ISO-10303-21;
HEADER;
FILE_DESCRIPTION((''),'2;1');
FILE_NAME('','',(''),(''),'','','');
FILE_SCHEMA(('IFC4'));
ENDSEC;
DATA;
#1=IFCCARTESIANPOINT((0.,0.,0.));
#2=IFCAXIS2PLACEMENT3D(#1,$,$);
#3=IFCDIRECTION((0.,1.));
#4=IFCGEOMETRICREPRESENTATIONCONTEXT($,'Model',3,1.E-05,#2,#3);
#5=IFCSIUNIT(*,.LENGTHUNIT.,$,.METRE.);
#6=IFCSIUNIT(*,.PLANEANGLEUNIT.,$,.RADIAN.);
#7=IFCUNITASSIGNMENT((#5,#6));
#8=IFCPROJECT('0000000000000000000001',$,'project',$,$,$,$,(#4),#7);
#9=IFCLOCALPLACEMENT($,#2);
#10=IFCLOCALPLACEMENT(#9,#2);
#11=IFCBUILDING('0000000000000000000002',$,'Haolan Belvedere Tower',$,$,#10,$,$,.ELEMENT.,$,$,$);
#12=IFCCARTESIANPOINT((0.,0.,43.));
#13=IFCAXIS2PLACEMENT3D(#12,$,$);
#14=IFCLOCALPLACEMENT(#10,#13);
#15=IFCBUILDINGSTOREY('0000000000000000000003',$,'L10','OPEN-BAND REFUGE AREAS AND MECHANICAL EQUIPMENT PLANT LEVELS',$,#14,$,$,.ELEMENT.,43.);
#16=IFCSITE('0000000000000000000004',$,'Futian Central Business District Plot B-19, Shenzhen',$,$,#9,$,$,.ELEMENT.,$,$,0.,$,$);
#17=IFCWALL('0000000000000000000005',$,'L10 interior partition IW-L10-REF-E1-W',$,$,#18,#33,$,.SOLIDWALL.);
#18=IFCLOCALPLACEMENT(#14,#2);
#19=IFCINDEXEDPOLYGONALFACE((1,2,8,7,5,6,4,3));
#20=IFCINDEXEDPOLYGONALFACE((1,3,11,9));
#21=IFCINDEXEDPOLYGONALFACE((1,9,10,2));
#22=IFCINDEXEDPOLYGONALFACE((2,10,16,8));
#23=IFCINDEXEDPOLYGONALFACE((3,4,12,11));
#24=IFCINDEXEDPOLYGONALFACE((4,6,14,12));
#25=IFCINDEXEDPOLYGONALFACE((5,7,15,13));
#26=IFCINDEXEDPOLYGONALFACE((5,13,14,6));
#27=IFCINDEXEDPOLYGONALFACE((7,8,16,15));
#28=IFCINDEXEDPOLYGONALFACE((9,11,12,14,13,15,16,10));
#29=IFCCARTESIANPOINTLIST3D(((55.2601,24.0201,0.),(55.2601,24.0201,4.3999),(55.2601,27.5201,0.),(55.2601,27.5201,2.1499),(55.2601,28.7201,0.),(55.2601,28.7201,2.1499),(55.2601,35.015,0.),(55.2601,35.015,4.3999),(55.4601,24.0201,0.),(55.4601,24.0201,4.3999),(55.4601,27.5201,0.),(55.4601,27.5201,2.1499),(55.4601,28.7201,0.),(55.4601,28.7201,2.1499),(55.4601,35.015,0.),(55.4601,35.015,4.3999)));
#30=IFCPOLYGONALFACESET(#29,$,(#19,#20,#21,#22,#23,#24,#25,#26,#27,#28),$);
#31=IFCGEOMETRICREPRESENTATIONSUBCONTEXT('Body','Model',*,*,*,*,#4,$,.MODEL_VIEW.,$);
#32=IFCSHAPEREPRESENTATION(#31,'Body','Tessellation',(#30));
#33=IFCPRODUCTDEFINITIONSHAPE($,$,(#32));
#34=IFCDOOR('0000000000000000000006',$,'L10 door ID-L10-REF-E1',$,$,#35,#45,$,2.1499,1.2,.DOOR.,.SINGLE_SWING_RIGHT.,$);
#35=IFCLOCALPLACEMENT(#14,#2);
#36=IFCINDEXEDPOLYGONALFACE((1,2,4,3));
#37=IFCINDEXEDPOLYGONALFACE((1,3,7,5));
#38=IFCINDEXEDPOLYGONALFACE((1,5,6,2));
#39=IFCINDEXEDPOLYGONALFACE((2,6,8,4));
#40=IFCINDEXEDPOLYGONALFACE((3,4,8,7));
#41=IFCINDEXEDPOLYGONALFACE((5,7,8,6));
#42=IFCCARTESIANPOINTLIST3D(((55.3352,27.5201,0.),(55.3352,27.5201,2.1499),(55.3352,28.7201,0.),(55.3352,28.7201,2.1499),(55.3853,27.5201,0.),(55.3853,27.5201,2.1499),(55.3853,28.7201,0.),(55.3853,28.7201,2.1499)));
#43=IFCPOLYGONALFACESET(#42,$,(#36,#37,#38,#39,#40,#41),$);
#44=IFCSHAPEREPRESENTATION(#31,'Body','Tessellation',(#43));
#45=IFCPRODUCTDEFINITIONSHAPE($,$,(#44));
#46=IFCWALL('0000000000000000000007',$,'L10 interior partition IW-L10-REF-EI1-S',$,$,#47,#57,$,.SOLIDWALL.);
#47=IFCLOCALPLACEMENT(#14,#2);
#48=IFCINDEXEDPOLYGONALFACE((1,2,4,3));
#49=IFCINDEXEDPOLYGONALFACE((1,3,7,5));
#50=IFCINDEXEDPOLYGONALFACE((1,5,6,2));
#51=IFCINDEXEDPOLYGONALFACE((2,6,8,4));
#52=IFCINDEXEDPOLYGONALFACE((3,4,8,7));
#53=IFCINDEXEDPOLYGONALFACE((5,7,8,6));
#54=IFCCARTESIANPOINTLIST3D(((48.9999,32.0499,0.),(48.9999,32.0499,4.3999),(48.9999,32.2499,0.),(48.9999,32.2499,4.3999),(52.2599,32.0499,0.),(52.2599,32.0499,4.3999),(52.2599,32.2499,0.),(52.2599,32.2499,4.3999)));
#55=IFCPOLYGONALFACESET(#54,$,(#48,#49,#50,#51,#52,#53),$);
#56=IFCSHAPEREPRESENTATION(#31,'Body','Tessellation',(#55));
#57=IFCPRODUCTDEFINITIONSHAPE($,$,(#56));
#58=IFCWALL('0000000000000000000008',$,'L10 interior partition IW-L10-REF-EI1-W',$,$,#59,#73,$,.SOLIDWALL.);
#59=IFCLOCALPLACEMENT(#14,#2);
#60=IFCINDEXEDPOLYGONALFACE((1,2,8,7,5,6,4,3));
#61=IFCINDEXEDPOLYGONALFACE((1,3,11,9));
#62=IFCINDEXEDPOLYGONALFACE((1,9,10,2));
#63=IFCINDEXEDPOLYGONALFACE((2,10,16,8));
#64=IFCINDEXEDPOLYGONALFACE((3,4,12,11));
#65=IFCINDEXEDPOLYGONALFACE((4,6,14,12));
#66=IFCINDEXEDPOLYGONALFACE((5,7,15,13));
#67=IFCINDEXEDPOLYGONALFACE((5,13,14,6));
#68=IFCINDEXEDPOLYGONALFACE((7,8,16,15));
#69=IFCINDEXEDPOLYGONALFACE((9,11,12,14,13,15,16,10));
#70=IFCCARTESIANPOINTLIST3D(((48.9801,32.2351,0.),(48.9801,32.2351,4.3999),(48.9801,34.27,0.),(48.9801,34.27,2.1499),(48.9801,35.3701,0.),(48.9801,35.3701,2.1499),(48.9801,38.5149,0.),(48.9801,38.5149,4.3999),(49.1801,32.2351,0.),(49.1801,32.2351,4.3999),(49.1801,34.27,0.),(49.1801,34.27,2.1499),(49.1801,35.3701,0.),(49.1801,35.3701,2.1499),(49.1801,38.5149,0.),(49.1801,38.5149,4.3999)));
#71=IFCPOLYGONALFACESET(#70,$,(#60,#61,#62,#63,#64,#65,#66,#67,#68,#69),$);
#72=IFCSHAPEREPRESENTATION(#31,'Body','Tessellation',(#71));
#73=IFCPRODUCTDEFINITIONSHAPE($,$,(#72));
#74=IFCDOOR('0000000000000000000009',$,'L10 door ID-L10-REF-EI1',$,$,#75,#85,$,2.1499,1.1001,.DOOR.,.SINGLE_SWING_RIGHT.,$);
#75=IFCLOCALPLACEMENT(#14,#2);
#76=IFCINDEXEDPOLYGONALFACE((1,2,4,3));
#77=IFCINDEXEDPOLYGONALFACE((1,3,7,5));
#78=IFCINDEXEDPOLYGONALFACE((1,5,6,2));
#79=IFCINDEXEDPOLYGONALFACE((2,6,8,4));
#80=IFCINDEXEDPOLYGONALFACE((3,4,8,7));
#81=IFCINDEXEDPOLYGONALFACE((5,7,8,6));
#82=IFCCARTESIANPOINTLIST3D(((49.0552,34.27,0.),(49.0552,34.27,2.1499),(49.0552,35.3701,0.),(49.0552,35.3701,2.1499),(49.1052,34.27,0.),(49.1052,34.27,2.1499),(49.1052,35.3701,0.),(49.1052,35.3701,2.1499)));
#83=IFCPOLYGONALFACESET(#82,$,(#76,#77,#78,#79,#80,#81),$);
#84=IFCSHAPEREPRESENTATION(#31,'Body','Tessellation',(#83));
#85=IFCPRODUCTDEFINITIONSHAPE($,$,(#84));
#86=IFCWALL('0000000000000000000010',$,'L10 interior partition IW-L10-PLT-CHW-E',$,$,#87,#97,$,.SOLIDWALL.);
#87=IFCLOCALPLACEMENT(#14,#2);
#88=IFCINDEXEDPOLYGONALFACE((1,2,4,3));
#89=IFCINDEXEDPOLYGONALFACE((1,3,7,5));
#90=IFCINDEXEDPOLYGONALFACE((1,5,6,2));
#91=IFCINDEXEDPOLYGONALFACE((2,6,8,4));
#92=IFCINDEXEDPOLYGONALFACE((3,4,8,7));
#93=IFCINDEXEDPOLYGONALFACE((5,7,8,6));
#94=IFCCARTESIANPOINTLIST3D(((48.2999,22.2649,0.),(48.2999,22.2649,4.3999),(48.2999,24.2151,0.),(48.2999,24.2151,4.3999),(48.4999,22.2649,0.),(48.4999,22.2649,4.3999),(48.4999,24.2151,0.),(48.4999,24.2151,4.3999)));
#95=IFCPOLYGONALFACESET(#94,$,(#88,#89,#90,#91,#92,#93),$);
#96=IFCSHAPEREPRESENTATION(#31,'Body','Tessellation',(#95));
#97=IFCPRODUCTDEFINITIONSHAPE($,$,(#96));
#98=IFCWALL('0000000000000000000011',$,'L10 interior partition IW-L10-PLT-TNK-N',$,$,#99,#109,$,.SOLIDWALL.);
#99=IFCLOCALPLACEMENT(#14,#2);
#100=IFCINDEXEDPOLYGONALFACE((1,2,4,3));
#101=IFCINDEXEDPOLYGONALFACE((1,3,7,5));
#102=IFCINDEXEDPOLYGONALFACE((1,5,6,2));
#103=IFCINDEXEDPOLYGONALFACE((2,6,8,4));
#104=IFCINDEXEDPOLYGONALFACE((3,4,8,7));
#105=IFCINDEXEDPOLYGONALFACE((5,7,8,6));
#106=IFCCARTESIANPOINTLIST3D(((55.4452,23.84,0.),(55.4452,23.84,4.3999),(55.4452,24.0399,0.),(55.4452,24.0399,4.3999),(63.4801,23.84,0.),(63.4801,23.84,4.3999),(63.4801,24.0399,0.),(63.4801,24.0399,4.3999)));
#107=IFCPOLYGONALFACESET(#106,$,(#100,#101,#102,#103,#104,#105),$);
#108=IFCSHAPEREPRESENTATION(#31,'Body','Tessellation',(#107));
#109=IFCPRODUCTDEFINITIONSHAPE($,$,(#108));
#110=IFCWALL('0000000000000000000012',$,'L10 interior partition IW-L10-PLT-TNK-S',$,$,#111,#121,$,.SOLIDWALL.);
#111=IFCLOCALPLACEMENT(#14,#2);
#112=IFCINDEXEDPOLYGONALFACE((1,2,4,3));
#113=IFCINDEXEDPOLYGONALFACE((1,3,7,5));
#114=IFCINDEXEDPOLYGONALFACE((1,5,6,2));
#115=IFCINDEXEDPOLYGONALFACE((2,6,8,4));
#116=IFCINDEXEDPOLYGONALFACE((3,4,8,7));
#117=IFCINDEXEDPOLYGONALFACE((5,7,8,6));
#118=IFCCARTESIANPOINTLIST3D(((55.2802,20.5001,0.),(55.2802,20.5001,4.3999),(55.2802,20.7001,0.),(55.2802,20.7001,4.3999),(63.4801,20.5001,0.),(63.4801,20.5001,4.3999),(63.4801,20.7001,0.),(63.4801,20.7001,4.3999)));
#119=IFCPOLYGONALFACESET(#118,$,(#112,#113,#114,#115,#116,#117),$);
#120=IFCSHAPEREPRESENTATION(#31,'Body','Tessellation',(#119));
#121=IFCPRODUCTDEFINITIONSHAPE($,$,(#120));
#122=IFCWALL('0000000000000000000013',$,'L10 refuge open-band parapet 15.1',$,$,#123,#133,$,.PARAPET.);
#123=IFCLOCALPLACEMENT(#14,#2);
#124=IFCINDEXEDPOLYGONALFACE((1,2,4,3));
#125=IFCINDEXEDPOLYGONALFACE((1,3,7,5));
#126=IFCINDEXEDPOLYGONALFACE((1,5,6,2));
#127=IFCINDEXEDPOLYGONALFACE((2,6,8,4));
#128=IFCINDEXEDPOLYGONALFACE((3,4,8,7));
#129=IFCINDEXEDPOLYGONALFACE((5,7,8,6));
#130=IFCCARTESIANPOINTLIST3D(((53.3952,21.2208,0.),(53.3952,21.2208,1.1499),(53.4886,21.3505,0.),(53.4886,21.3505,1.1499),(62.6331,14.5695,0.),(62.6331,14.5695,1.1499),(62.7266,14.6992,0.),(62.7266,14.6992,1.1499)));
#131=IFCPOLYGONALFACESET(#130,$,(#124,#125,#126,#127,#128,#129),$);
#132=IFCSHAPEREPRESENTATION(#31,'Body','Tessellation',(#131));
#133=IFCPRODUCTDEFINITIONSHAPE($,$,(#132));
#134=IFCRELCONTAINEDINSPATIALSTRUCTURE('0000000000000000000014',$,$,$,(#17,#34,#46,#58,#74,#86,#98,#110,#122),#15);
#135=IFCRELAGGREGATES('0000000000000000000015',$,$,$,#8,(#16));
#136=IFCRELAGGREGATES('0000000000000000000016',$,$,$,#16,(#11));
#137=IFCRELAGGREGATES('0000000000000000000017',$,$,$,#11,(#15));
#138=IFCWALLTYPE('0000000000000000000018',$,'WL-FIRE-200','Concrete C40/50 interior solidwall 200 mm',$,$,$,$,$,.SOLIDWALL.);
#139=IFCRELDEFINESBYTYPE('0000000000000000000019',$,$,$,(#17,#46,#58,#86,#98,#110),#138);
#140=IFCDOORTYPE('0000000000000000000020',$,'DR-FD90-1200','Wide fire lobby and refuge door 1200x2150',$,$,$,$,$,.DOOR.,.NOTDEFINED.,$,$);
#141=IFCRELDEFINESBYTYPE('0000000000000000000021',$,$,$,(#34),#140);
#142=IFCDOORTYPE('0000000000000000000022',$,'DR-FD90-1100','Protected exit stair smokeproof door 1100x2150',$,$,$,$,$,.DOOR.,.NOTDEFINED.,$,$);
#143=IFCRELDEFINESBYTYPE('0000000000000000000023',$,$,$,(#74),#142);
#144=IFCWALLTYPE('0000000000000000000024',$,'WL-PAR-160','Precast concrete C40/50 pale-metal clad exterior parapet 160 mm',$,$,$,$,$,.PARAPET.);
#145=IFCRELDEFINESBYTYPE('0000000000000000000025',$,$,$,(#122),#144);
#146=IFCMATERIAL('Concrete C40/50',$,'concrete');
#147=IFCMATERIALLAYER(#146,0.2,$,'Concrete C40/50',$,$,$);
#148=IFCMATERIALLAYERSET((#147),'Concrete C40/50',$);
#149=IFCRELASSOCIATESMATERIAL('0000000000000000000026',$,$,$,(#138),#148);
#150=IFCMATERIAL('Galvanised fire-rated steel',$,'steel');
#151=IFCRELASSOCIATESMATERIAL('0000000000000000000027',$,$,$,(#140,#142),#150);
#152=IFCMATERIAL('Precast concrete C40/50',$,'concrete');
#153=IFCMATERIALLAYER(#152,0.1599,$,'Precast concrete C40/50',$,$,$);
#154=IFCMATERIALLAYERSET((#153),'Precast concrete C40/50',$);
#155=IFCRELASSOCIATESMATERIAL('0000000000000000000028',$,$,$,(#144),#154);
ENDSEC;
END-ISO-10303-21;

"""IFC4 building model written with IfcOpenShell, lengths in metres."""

from ifc_helpers import new_model, si_unit, direction, frame, frame_2d, origin, place, context, subcontext, project, spatial, rectangle, extrude, material, layer, layer_set, type_object, element, fill, save


model = new_model("IFC4")

# Units and contexts
model_context = context("Model", 3, precision=1e-05, world=origin(), true_north=direction((0.0, 1.0)))
body_context = subcontext(model_context, "Body", "Model", "MODEL_VIEW")
ifc_project = project(units=[si_unit("LENGTHUNIT", "METRE"), si_unit("PLANEANGLEUNIT", "RADIAN")], contexts=[model_context])

# Site, building, storey
site_placement = place(None, origin())
site = spatial("IfcSite", under=ifc_project, at=site_placement, Name="Futian Central Business District Plot B-19, Shenzhen", CompositionType="ELEMENT", RefElevation=0.0)
building_placement = place(site_placement, origin())
building = spatial("IfcBuilding", under=site, at=building_placement, Name="Haolan Belvedere Tower", CompositionType="ELEMENT")
storey_placement = place(building_placement, frame((0.0, 0.0, 43.0)))
storey = spatial("IfcBuildingStorey", under=building, at=storey_placement, Name="L10", Description="OPEN-BAND REFUGE AREAS AND MECHANICAL EQUIPMENT PLANT LEVELS", CompositionType="ELEMENT", Elevation=43.0)

# Wall, opening, door
ifc_material_1 = material(Name="Concrete C40/50", Category="concrete")
ifc_layer_1 = layer(ifc_material_1, 0.2, Name="Concrete C40/50")
ifc_layer_set_1 = layer_set([ifc_layer_1], Name="Concrete C40/50")
wall_type_1 = type_object("IfcWallType", Name="WL-FIRE-200", Description="Concrete C40/50 interior solidwall 200 mm", PredefinedType="SOLIDWALL", material=ifc_layer_set_1)
wall_1_placement = place(storey_placement, frame((55.3601, 24.02, 0.0), z_axis=(0.0, 0.0, 1.0), x_axis=(0.0, 1.0, 0.0)))
wall_1 = element("IfcWall", 1, at=wall_1_placement, inside=storey, type_object=wall_type_1, Name="L10 interior partition IW-L10-REF-E1-W", PredefinedType="SOLIDWALL", context=body_context, shape_type="SweptSolid", body=[
    extrude(rectangle(XDim=10.9949, YDim=0.2, at=frame_2d((5.4976, 0.0))), origin(), (0.0, 0.0, 1.0), 4.3999),
])
opening_1_placement = place(wall_1_placement, frame((3.5, 0.0, 0.0)))
opening_1 = element("IfcOpeningElement", 2, at=opening_1_placement, cuts=wall_1, PredefinedType="OPENING", context=body_context, shape_type="SweptSolid", body=[
    extrude(rectangle(XDim=1.2, YDim=2.1499, at=frame_2d((0.6001, 1.075))), frame((0.0, 0.1099, 0.0), z_axis=(0.0, -1.0, 0.0), x_axis=(1.0, 0.0, 0.0)), (0.0, 0.0, 1.0), 0.22),
])
ifc_material_2 = material(Name="Galvanised fire-rated steel", Category="steel")
door_type_1 = type_object("IfcDoorType", Name="DR-FD90-1200", Description="Wide fire lobby and refuge door 1200x2150", OperationType="NOTDEFINED", PredefinedType="DOOR", material=ifc_material_2)
door_1_placement = place(opening_1_placement, origin())
door_1 = element("IfcDoor", 3, at=door_1_placement, inside=storey, type_object=door_type_1, Name="L10 door ID-L10-REF-E1", OperationType="SINGLE_SWING_RIGHT", OverallHeight=2.1499, OverallWidth=1.2, PredefinedType="DOOR", context=body_context, shape_type="SweptSolid", body=[
    extrude(rectangle(XDim=1.2, YDim=2.1499, at=frame_2d((0.6001, 1.075))), frame((0.0, 0.0249, 0.0), z_axis=(0.0, -1.0, 0.0), x_axis=(1.0, 0.0, 0.0)), (0.0, 0.0, 1.0), 0.05),
])
fill(opening_1, door_1)

# Wall
wall_2_placement = place(storey_placement, frame((49.0, 32.1499, 0.0), z_axis=(0.0, 0.0, 1.0), x_axis=(1.0, 0.0, 0.0)))
element("IfcWall", 4, at=wall_2_placement, inside=storey, type_object=wall_type_1, Name="L10 interior partition IW-L10-REF-EI1-S", PredefinedType="SOLIDWALL", context=body_context, shape_type="SweptSolid", body=[
    extrude(rectangle(XDim=3.26, YDim=0.2, at=frame_2d((1.6299, 0.0))), origin(), (0.0, 0.0, 1.0), 4.3999),
])

# Wall, opening, door
wall_3_placement = place(storey_placement, frame((49.0801, 32.2351, 0.0), z_axis=(0.0, 0.0, 1.0), x_axis=(0.0, 1.0, 0.0)))
wall_3 = element("IfcWall", 5, at=wall_3_placement, inside=storey, type_object=wall_type_1, Name="L10 interior partition IW-L10-REF-EI1-W", PredefinedType="SOLIDWALL", context=body_context, shape_type="SweptSolid", body=[
    extrude(rectangle(XDim=6.2798, YDim=0.2, at=frame_2d((3.1399, 0.0))), origin(), (0.0, 0.0, 1.0), 4.3999),
])
opening_2_placement = place(wall_3_placement, frame((2.0349, 0.0, 0.0)))
opening_2 = element("IfcOpeningElement", 6, at=opening_2_placement, cuts=wall_3, PredefinedType="OPENING", context=body_context, shape_type="SweptSolid", body=[
    extrude(rectangle(XDim=1.1001, YDim=2.1499, at=frame_2d((0.55, 1.075))), frame((0.0, 0.1099, 0.0), z_axis=(0.0, -1.0, 0.0), x_axis=(1.0, 0.0, 0.0)), (0.0, 0.0, 1.0), 0.22),
])
door_type_2 = type_object("IfcDoorType", Name="DR-FD90-1100", Description="Protected exit stair smokeproof door 1100x2150", OperationType="NOTDEFINED", PredefinedType="DOOR", material=ifc_material_2)
door_2_placement = place(opening_2_placement, origin())
door_2 = element("IfcDoor", 7, at=door_2_placement, inside=storey, type_object=door_type_2, Name="L10 door ID-L10-REF-EI1", OperationType="SINGLE_SWING_RIGHT", OverallHeight=2.1499, OverallWidth=1.1001, PredefinedType="DOOR", context=body_context, shape_type="SweptSolid", body=[
    extrude(rectangle(XDim=1.1001, YDim=2.1499, at=frame_2d((0.55, 1.075))), frame((0.0, 0.0249, 0.0), z_axis=(0.0, -1.0, 0.0), x_axis=(1.0, 0.0, 0.0)), (0.0, 0.0, 1.0), 0.05),
])
fill(opening_2, door_2)

# Walls
wall_4_placement = place(storey_placement, frame((48.3999, 22.2649, 0.0), z_axis=(0.0, 0.0, 1.0), x_axis=(0.0, 1.0, 0.0)))
element("IfcWall", 8, at=wall_4_placement, inside=storey, type_object=wall_type_1, Name="L10 interior partition IW-L10-PLT-CHW-E", PredefinedType="SOLIDWALL", context=body_context, shape_type="SweptSolid", body=[
    extrude(rectangle(XDim=1.9502, YDim=0.2, at=frame_2d((0.9751, 0.0))), origin(), (0.0, 0.0, 1.0), 4.3999),
])
wall_5_placement = place(storey_placement, frame((55.4451, 23.9399, 0.0), z_axis=(0.0, 0.0, 1.0), x_axis=(1.0, 0.0, 0.0)))
element("IfcWall", 9, at=wall_5_placement, inside=storey, type_object=wall_type_1, Name="L10 interior partition IW-L10-PLT-TNK-N", PredefinedType="SOLIDWALL", context=body_context, shape_type="SweptSolid", body=[
    extrude(rectangle(XDim=8.0349, YDim=0.2, at=frame_2d((4.0176, 0.0))), origin(), (0.0, 0.0, 1.0), 4.3999),
])
wall_6_placement = place(storey_placement, frame((55.28, 20.6001, 0.0), z_axis=(0.0, 0.0, 1.0), x_axis=(1.0, 0.0, 0.0)))
element("IfcWall", 10, at=wall_6_placement, inside=storey, type_object=wall_type_1, Name="L10 interior partition IW-L10-PLT-TNK-S", PredefinedType="SOLIDWALL", context=body_context, shape_type="SweptSolid", body=[
    extrude(rectangle(XDim=8.2, YDim=0.2, at=frame_2d((4.1001, 0.0))), origin(), (0.0, 0.0, 1.0), 4.3999),
])

# Wall
ifc_material_3 = material(Name="Precast concrete C40/50", Category="concrete")
ifc_layer_2 = layer(ifc_material_3, 0.1599, Name="Precast concrete C40/50")
ifc_layer_set_2 = layer_set([ifc_layer_2], Name="Precast concrete C40/50")
wall_type_2 = type_object("IfcWallType", Name="WL-PAR-160", Description="Precast concrete C40/50 pale-metal clad exterior parapet 160 mm", PredefinedType="PARAPET", material=ifc_layer_set_2)
wall_7_placement = place(storey_placement, frame((53.4419, 21.2856, 0.0), z_axis=(0.0, 0.0, 1.0), x_axis=(0.811535, -0.584304, 0.0)))
element("IfcWall", 11, at=wall_7_placement, inside=storey, type_object=wall_type_2, Name="L10 refuge open-band parapet 15.1", PredefinedType="PARAPET", context=body_context, shape_type="SweptSolid", body=[
    extrude(rectangle(XDim=11.3833, YDim=0.1599, at=frame_2d((5.6917, 0.0))), origin(), (0.0, 0.0, 1.0), 1.1499),
])

save(model, "model.ifc")
